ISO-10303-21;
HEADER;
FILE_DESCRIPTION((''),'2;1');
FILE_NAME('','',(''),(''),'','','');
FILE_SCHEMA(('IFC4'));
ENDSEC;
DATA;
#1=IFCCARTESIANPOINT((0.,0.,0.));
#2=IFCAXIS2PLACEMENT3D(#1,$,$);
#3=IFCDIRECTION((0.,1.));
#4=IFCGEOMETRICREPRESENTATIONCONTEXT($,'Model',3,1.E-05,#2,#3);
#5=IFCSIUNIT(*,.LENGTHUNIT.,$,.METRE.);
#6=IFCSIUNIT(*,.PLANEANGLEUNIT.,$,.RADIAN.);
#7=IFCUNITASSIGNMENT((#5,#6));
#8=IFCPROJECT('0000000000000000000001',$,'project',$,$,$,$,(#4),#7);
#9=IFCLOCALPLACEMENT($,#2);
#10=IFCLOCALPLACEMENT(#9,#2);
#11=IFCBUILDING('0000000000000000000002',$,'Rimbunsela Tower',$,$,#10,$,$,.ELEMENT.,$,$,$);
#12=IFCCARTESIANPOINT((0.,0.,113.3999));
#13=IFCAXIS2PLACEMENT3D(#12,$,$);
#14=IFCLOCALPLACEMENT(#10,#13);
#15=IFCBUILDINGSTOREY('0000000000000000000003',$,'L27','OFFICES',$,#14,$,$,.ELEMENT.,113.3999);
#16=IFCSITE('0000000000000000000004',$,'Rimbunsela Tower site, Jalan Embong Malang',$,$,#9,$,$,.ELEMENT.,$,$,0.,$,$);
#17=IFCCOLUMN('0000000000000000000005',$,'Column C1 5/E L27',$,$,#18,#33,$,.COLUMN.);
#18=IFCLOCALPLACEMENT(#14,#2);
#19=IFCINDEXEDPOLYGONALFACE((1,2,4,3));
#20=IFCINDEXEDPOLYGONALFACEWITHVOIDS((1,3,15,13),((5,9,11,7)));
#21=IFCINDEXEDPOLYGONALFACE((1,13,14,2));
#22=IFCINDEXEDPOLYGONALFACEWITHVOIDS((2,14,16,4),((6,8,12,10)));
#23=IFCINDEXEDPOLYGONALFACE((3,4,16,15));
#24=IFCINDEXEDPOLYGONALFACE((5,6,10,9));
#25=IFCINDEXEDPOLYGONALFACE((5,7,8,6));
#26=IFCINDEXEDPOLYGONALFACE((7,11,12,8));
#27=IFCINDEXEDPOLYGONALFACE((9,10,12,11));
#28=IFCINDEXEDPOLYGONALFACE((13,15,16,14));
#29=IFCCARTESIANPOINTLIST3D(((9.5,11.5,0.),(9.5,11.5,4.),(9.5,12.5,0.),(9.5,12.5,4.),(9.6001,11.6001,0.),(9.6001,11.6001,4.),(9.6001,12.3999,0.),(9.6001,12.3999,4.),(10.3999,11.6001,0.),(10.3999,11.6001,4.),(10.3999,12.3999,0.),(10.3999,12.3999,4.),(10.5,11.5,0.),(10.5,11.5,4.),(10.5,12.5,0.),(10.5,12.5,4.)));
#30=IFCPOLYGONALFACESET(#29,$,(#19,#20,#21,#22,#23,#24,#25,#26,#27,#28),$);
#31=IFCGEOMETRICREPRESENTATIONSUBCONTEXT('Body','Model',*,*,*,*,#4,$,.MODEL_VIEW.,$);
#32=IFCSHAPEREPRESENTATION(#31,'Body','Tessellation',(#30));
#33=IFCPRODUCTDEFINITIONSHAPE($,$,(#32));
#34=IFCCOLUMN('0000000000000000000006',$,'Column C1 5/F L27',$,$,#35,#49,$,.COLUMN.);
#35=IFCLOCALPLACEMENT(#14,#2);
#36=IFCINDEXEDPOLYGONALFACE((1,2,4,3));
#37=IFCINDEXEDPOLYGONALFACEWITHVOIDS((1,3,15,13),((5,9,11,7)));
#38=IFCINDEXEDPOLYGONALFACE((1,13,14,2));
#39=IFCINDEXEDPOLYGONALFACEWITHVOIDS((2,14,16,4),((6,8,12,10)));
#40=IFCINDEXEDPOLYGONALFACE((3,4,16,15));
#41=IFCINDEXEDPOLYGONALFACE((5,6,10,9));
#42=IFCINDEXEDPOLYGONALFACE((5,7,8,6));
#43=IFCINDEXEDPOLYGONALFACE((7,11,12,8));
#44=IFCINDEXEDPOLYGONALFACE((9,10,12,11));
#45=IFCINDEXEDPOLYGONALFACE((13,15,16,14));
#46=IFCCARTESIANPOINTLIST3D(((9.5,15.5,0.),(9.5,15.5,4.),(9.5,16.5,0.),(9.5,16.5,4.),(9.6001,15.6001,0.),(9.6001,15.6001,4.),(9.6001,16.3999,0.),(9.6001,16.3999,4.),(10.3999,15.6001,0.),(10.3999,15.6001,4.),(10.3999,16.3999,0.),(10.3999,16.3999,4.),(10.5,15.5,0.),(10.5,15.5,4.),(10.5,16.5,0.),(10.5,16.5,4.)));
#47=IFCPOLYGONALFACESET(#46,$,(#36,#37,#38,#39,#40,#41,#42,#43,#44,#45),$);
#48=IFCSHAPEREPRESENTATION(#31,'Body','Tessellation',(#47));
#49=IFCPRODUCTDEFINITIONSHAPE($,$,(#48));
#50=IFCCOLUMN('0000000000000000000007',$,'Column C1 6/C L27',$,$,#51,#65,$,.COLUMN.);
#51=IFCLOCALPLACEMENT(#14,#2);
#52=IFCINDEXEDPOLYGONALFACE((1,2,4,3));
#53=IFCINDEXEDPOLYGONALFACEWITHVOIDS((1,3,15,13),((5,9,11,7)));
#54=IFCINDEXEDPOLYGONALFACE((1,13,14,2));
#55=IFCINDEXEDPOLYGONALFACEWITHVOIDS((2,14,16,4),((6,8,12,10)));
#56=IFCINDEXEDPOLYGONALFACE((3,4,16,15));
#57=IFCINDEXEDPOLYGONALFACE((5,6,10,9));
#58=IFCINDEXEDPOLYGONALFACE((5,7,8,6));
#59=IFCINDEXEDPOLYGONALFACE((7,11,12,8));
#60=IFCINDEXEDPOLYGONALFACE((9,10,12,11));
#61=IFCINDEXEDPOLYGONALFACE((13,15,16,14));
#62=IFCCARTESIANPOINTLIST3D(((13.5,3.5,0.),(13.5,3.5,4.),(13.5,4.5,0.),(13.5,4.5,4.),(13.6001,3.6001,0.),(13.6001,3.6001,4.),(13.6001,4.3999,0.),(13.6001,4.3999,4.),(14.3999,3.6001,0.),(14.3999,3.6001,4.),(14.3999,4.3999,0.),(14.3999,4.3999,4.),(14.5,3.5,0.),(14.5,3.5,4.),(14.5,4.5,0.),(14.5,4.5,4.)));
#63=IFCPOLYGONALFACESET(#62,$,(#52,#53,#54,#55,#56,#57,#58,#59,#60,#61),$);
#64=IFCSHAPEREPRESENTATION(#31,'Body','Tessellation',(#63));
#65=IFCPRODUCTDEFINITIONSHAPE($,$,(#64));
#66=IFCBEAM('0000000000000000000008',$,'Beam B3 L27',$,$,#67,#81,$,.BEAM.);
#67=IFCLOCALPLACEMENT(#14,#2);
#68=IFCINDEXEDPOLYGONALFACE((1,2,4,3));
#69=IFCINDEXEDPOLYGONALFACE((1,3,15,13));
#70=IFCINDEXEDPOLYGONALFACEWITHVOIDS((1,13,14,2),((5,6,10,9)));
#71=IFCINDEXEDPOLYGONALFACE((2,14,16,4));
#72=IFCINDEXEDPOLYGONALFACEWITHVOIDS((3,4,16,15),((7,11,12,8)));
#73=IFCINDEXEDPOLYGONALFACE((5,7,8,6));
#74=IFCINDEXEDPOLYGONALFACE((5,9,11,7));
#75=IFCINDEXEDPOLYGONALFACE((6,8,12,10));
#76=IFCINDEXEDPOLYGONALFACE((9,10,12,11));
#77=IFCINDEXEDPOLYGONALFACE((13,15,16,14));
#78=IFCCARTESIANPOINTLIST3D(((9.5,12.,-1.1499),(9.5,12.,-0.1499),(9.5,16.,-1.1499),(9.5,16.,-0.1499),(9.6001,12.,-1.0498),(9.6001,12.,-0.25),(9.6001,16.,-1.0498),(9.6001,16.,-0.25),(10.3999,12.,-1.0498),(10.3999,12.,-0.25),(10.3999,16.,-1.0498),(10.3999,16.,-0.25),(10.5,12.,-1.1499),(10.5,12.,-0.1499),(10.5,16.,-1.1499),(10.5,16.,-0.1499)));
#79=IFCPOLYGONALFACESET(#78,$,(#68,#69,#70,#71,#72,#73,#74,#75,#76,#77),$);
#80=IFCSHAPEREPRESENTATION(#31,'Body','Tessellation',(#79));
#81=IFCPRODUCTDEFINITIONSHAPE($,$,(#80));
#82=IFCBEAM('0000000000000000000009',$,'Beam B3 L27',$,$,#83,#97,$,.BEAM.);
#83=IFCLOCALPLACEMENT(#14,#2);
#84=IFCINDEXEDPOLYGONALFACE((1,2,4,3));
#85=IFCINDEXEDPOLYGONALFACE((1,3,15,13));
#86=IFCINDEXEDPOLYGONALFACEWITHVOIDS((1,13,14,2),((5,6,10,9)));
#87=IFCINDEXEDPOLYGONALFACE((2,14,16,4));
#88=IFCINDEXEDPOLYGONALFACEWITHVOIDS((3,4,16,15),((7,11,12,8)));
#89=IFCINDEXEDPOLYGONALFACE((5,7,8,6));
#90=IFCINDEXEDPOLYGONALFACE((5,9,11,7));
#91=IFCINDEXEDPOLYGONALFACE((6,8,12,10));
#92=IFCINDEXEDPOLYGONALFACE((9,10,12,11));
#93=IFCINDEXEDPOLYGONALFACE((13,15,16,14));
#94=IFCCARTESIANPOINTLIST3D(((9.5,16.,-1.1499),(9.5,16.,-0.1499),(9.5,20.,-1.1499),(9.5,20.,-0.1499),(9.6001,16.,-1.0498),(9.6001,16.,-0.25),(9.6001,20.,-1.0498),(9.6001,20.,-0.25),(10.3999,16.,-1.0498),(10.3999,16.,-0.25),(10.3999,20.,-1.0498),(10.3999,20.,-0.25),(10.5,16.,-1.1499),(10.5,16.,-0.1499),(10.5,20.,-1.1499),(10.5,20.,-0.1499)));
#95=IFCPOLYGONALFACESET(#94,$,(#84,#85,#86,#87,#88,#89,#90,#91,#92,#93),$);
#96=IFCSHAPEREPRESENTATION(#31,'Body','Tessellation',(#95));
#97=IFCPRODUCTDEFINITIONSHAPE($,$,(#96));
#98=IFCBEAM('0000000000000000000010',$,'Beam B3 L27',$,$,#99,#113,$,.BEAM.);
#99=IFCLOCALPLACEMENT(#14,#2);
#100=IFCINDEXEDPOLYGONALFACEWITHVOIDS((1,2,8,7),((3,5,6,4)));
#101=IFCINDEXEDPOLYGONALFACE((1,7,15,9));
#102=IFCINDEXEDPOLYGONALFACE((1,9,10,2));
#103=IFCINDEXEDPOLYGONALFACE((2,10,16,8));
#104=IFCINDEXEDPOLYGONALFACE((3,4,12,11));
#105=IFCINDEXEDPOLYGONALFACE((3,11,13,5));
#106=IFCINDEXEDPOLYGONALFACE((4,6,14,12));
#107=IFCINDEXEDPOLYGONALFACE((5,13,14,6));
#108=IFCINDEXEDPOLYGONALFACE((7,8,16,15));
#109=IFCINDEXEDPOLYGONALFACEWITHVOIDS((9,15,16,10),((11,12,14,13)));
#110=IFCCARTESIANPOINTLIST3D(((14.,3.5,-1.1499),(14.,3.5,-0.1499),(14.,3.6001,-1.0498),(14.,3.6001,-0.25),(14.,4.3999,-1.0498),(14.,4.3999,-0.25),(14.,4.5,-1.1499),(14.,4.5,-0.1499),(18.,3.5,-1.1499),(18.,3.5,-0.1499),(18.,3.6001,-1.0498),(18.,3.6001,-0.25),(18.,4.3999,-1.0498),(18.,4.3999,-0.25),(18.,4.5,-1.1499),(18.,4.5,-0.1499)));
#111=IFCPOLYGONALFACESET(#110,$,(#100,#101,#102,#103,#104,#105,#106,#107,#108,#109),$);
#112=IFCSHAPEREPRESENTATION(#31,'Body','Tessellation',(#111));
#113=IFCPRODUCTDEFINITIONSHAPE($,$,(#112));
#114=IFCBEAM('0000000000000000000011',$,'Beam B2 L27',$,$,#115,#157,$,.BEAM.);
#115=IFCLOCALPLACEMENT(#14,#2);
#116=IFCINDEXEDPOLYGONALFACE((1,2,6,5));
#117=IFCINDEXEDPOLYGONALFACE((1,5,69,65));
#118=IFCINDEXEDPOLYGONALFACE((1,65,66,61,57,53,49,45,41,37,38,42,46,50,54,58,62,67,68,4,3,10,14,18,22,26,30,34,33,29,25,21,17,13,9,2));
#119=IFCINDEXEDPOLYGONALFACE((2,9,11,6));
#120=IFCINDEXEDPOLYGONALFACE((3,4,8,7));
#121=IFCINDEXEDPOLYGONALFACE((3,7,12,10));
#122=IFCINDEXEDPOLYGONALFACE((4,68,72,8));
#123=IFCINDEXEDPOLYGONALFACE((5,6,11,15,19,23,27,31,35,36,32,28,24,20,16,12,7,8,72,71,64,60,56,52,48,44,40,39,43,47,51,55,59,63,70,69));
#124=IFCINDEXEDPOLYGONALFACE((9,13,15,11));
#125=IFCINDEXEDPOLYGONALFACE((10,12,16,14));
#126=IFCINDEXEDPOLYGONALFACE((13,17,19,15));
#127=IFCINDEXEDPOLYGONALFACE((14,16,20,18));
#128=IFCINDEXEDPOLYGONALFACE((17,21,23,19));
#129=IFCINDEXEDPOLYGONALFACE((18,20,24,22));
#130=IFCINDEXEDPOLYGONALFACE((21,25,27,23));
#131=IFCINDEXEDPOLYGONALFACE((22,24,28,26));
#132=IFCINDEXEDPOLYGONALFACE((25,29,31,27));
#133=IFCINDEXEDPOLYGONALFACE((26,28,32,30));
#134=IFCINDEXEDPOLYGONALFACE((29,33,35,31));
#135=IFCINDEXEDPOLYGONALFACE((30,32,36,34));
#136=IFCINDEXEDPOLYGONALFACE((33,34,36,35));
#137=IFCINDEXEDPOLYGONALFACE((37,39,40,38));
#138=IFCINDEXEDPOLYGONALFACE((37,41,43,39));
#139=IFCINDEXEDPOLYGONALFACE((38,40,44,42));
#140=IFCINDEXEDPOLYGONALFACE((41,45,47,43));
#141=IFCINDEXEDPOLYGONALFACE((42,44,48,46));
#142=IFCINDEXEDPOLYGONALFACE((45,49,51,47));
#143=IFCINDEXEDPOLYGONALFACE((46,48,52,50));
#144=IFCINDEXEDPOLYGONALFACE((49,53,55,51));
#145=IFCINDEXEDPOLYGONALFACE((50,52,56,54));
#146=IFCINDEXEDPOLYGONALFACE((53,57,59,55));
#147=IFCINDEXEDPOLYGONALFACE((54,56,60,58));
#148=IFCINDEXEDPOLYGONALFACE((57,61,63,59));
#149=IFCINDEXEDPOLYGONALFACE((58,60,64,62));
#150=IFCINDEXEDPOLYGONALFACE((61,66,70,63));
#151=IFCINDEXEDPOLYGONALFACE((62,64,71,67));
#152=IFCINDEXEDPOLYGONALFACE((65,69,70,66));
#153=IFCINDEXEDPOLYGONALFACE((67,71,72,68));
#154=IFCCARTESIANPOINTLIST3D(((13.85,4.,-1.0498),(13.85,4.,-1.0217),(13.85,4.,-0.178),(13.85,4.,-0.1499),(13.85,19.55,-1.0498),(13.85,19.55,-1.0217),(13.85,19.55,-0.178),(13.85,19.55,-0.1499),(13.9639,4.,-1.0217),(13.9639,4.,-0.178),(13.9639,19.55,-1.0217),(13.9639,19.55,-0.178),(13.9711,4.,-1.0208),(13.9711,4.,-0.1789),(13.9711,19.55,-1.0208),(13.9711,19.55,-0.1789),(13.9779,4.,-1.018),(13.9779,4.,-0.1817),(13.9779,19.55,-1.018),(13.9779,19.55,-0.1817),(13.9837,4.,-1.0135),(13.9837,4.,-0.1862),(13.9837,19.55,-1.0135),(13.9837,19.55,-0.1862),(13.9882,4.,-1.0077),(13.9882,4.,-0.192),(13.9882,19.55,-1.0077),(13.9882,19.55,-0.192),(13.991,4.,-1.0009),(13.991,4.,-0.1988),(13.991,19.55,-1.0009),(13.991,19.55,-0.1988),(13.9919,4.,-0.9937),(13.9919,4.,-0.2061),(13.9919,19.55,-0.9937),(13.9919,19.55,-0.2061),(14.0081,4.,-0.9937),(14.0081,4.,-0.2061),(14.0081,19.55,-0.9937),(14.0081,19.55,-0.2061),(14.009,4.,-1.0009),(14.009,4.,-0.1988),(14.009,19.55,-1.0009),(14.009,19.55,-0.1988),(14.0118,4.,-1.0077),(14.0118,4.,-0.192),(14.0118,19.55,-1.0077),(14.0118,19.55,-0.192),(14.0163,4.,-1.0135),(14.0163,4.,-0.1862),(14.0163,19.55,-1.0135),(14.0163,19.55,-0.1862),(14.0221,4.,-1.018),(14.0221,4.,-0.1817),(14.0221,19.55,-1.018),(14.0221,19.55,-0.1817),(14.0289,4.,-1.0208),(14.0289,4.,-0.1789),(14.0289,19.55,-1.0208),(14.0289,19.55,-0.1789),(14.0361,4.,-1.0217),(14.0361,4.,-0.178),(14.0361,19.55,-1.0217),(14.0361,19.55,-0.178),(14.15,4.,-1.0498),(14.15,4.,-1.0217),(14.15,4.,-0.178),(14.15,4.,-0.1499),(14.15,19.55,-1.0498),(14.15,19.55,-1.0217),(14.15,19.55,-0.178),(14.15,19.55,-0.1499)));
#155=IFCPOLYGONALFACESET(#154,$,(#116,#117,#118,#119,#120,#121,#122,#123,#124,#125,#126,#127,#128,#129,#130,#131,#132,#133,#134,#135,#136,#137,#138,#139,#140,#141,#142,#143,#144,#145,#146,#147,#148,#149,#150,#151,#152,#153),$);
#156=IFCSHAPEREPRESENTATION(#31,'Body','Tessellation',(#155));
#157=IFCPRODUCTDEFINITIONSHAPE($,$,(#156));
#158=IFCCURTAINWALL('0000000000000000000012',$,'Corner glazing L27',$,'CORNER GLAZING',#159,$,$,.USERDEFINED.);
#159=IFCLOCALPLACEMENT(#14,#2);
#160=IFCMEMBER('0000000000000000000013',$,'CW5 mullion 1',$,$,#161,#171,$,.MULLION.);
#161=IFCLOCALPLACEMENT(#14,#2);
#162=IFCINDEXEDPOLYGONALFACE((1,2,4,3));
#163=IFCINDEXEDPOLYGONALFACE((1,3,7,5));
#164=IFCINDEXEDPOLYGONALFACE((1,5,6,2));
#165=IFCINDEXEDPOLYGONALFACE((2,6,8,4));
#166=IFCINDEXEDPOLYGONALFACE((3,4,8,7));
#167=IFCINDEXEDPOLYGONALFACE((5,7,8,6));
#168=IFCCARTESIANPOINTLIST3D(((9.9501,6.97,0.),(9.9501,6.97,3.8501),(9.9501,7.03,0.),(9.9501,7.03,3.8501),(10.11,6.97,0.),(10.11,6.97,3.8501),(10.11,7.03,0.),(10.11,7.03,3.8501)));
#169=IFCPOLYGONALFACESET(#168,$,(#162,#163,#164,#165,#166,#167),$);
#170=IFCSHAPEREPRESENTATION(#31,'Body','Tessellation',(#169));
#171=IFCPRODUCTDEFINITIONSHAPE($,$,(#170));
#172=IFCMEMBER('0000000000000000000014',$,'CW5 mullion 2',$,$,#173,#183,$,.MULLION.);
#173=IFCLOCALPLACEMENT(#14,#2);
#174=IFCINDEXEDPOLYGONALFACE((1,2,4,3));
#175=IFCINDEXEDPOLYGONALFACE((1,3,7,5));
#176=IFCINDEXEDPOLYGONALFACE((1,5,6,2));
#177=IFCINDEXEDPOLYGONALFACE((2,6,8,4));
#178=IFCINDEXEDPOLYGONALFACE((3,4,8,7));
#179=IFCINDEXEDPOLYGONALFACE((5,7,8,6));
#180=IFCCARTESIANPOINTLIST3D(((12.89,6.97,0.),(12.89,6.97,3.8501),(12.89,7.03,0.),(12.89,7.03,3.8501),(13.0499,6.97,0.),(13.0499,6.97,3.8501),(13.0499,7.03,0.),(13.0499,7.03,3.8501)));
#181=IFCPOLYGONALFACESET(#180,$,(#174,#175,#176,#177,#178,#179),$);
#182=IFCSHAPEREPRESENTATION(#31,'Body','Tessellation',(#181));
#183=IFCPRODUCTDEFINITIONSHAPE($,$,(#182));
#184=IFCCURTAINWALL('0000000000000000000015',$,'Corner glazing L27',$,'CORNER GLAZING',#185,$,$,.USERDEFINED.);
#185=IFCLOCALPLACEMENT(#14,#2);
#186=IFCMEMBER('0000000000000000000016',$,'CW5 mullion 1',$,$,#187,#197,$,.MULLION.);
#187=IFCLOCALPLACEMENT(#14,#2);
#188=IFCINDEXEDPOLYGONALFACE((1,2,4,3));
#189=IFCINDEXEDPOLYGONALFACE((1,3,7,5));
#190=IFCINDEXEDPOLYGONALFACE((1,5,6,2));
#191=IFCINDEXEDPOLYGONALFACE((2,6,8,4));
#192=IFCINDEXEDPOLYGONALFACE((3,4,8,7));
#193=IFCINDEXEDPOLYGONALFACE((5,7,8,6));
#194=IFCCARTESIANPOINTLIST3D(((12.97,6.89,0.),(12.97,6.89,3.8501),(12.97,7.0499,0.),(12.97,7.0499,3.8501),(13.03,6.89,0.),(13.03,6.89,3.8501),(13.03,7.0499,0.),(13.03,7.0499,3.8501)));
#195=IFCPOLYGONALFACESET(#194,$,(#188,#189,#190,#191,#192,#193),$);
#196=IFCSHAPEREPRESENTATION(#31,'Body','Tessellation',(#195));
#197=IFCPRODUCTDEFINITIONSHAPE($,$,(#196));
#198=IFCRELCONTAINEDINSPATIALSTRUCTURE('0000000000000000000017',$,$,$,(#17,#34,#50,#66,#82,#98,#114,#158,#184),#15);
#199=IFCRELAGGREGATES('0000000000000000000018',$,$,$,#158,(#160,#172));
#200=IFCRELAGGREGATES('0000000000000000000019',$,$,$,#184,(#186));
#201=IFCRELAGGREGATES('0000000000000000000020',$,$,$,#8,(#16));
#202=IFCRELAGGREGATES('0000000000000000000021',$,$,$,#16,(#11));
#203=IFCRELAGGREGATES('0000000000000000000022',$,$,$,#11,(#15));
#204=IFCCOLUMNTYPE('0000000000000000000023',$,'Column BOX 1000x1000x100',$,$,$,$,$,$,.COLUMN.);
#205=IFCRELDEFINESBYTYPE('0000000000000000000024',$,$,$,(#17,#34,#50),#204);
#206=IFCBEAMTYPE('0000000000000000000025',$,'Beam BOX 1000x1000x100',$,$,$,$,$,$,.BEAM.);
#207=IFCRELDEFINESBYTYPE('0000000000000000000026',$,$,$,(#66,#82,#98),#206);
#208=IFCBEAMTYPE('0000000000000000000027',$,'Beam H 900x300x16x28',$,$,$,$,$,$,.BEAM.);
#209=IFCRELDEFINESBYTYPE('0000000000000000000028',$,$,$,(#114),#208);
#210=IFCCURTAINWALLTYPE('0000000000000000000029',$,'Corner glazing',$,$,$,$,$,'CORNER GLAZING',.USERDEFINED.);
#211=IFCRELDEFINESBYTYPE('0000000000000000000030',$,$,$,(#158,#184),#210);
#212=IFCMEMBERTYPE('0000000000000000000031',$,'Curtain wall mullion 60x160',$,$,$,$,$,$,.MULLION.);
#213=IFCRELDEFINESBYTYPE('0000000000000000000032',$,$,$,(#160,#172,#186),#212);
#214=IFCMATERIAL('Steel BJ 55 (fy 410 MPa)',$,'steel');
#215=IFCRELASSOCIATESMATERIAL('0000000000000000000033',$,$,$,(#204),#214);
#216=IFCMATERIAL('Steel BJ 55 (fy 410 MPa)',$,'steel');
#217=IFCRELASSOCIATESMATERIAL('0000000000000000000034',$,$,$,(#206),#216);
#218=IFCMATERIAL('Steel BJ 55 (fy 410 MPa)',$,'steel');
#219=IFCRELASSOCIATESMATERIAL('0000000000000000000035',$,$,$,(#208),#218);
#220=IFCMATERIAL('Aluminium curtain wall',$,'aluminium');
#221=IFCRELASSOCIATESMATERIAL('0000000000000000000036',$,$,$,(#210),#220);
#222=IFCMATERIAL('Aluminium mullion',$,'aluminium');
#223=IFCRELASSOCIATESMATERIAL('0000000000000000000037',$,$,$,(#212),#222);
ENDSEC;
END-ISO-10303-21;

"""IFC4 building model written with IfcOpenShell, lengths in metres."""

from ifc_helpers import new_model, si_unit, direction, frame, origin, origin_2d, place, context, subcontext, project, spatial, rectangle, hollow_rectangle, i_section, extrude, material, material_profile, profile_set, type_object, element, aggregate, save


model = new_model("IFC4")

# Units and contexts
model_context = context("Model", 3, precision=1e-05, world=origin(), true_north=direction((0.0, 1.0)))
body_context = subcontext(model_context, "Body", "Model", "MODEL_VIEW")
ifc_project = project(units=[si_unit("LENGTHUNIT", "METRE"), si_unit("PLANEANGLEUNIT", "RADIAN")], contexts=[model_context])

# Site, building, storey
site_placement = place(None, origin())
site = spatial("IfcSite", under=ifc_project, at=site_placement, Name="Rimbunsela Tower site, Jalan Embong Malang", CompositionType="ELEMENT", RefElevation=0.0)
building_placement = place(site_placement, origin())
building = spatial("IfcBuilding", under=site, at=building_placement, Name="Rimbunsela Tower", CompositionType="ELEMENT")
storey_placement = place(building_placement, frame((0.0, 0.0, 113.3999)))
storey = spatial("IfcBuildingStorey", under=building, at=storey_placement, Name="L27", Description="OFFICES", CompositionType="ELEMENT", Elevation=113.3999)

# Columns
ifc_material_1 = material(Name="Steel BJ 55 (fy 410 MPa)", Category="steel")
ifc_material_profile_1 = material_profile(ifc_material_1, hollow_rectangle(XDim=1.0, YDim=1.0, WallThickness=0.1001, at=origin_2d()), Name="BOX 1000x1000x100")
ifc_profile_set_1 = profile_set([ifc_material_profile_1], Name="Steel BJ 55 (fy 410 MPa)")
column_type = type_object("IfcColumnType", Name="Column BOX 1000x1000x100", PredefinedType="COLUMN", material=ifc_profile_set_1)
for number, where, z_axis, x_axis, name in (
    (1, (10.0, 12.0, 0.0), (0.0, 0.0, 1.0), (1.0, 0.0, 0.0), "Column C1 5/E L27"),
    (2, (10.0, 16.0, 0.0), (0.0, 0.0, 1.0), (1.0, 0.0, 0.0), "Column C1 5/F L27"),
    (3, (14.0, 4.0, 0.0), (0.0, 0.0, 1.0), (1.0, 0.0, 0.0), "Column C1 6/C L27"),
):
    element("IfcColumn", number, at=place(storey_placement, frame(where, z_axis=z_axis, x_axis=x_axis)), inside=storey, type_object=column_type, Name=name, PredefinedType="COLUMN", context=body_context, shape_type="SweptSolid", body=[
        extrude(hollow_rectangle(XDim=1.0, YDim=1.0, WallThickness=0.1001, at=origin_2d()), origin(), (0.0, 0.0, 1.0), 4.0),
    ])

# Beams
ifc_material_2 = material(Name="Steel BJ 55 (fy 410 MPa)", Category="steel")
ifc_material_profile_2 = material_profile(ifc_material_2, hollow_rectangle(XDim=1.0, YDim=1.0, WallThickness=0.1001, at=origin_2d()), Name="BOX 1000x1000x100")
ifc_profile_set_2 = profile_set([ifc_material_profile_2], Name="Steel BJ 55 (fy 410 MPa)")
beam_type_1 = type_object("IfcBeamType", Name="Beam BOX 1000x1000x100", PredefinedType="BEAM", material=ifc_profile_set_2)
for number, where, z_axis, x_axis, name in (
    (4, (10.0, 12.0, -0.6499), (0.0, 1.0, 0.0), (-1.0, 0.0, 0.0), "Beam B3 L27"),
    (5, (10.0, 16.0, -0.6499), (0.0, 1.0, 0.0), (-1.0, 0.0, 0.0), "Beam B3 L27"),
    (6, (14.0, 4.0, -0.6499), (1.0, 0.0, 0.0), (0.0, 1.0, 0.0), "Beam B3 L27"),
):
    element("IfcBeam", number, at=place(storey_placement, frame(where, z_axis=z_axis, x_axis=x_axis)), inside=storey, type_object=beam_type_1, Name=name, PredefinedType="BEAM", context=body_context, shape_type="SweptSolid", body=[
        extrude(hollow_rectangle(XDim=1.0, YDim=1.0, WallThickness=0.1001, at=origin_2d()), origin(), (0.0, 0.0, 1.0), 4.0),
    ])
ifc_material_3 = material(Name="Steel BJ 55 (fy 410 MPa)", Category="steel")
ifc_material_profile_3 = material_profile(ifc_material_3, i_section(OverallWidth=0.3, OverallDepth=0.8999, WebThickness=0.0161, FlangeThickness=0.0281, FilletRadius=0.0281, at=origin_2d()), Name="H 900x300x16x28")
ifc_profile_set_3 = profile_set([ifc_material_profile_3], Name="Steel BJ 55 (fy 410 MPa)")
beam_type_2 = type_object("IfcBeamType", Name="Beam H 900x300x16x28", PredefinedType="BEAM", material=ifc_profile_set_3)
beam_placement = place(storey_placement, frame((14.0, 4.0, -0.5999), z_axis=(0.0, 1.0, 0.0), x_axis=(-1.0, 0.0, 0.0)))
element("IfcBeam", 7, at=beam_placement, inside=storey, type_object=beam_type_2, Name="Beam B2 L27", PredefinedType="BEAM", context=body_context, shape_type="SweptSolid", body=[
    extrude(i_section(OverallWidth=0.3, OverallDepth=0.8999, WebThickness=0.0161, FlangeThickness=0.0281, FilletRadius=0.0281, at=origin_2d()), origin(), (0.0, 0.0, 1.0), 15.55),
])

# Curtain walls, members
ifc_material_4 = material(Name="Aluminium curtain wall", Category="aluminium")
curtain_wall_type = type_object("IfcCurtainWallType", Name="Corner glazing", ElementType="CORNER GLAZING", PredefinedType="USERDEFINED", material=ifc_material_4)
curtain_wall_1_placement = place(storey_placement, origin())
curtain_wall_1 = element("IfcCurtainWall", 8, at=curtain_wall_1_placement, inside=storey, type_object=curtain_wall_type, Name="Corner glazing L27", ObjectType="CORNER GLAZING", PredefinedType="USERDEFINED")
ifc_material_5 = material(Name="Aluminium mullion", Category="aluminium")
ifc_material_profile_4 = material_profile(ifc_material_5, rectangle(XDim=0.0601, YDim=0.1599, at=origin_2d()), Name="Mullion 60x160")
ifc_profile_set_4 = profile_set([ifc_material_profile_4], Name="Aluminium mullion")
member_type_1 = type_object("IfcMemberType", Name="Curtain wall mullion 60x160", PredefinedType="MULLION", material=ifc_profile_set_4)
member_1_placement = place(storey_placement, frame((10.03, 7.0, 0.0), z_axis=(0.0, 0.0, 1.0), x_axis=(0.0, 1.0, 0.0)))
member_1 = element("IfcMember", 9, at=member_1_placement, type_object=member_type_1, Name="CW5 mullion 1", PredefinedType="MULLION", context=body_context, shape_type="SweptSolid", body=[
    extrude(rectangle(XDim=0.0601, YDim=0.1599, at=origin_2d()), origin(), (0.0, 0.0, 1.0), 3.8501),
])
member_2_placement = place(storey_placement, frame((12.97, 7.0, 0.0), z_axis=(0.0, 0.0, 1.0), x_axis=(0.0, 1.0, 0.0)))
member_2 = element("IfcMember", 10, at=member_2_placement, type_object=member_type_1, Name="CW5 mullion 2", PredefinedType="MULLION", context=body_context, shape_type="SweptSolid", body=[
    extrude(rectangle(XDim=0.0601, YDim=0.1599, at=origin_2d()), origin(), (0.0, 0.0, 1.0), 3.8501),
])
curtain_wall_2_placement = place(storey_placement, origin())
curtain_wall_2 = element("IfcCurtainWall", 11, at=curtain_wall_2_placement, inside=storey, type_object=curtain_wall_type, Name="Corner glazing L27", ObjectType="CORNER GLAZING", PredefinedType="USERDEFINED")
member_3_placement = place(storey_placement, frame((13.0, 6.97, 0.0), z_axis=(0.0, 0.0, 1.0), x_axis=(1.0, 0.0, 0.0)))
member_3 = element("IfcMember", 12, at=member_3_placement, type_object=member_type_1, Name="CW5 mullion 1", PredefinedType="MULLION", context=body_context, shape_type="SweptSolid", body=[
    extrude(rectangle(XDim=0.0601, YDim=0.1599, at=origin_2d()), origin(), (0.0, 0.0, 1.0), 3.8501),
])

aggregate(curtain_wall_1, [member_1, member_2])
aggregate(curtain_wall_2, [member_3])

save(model, "model.ifc")
